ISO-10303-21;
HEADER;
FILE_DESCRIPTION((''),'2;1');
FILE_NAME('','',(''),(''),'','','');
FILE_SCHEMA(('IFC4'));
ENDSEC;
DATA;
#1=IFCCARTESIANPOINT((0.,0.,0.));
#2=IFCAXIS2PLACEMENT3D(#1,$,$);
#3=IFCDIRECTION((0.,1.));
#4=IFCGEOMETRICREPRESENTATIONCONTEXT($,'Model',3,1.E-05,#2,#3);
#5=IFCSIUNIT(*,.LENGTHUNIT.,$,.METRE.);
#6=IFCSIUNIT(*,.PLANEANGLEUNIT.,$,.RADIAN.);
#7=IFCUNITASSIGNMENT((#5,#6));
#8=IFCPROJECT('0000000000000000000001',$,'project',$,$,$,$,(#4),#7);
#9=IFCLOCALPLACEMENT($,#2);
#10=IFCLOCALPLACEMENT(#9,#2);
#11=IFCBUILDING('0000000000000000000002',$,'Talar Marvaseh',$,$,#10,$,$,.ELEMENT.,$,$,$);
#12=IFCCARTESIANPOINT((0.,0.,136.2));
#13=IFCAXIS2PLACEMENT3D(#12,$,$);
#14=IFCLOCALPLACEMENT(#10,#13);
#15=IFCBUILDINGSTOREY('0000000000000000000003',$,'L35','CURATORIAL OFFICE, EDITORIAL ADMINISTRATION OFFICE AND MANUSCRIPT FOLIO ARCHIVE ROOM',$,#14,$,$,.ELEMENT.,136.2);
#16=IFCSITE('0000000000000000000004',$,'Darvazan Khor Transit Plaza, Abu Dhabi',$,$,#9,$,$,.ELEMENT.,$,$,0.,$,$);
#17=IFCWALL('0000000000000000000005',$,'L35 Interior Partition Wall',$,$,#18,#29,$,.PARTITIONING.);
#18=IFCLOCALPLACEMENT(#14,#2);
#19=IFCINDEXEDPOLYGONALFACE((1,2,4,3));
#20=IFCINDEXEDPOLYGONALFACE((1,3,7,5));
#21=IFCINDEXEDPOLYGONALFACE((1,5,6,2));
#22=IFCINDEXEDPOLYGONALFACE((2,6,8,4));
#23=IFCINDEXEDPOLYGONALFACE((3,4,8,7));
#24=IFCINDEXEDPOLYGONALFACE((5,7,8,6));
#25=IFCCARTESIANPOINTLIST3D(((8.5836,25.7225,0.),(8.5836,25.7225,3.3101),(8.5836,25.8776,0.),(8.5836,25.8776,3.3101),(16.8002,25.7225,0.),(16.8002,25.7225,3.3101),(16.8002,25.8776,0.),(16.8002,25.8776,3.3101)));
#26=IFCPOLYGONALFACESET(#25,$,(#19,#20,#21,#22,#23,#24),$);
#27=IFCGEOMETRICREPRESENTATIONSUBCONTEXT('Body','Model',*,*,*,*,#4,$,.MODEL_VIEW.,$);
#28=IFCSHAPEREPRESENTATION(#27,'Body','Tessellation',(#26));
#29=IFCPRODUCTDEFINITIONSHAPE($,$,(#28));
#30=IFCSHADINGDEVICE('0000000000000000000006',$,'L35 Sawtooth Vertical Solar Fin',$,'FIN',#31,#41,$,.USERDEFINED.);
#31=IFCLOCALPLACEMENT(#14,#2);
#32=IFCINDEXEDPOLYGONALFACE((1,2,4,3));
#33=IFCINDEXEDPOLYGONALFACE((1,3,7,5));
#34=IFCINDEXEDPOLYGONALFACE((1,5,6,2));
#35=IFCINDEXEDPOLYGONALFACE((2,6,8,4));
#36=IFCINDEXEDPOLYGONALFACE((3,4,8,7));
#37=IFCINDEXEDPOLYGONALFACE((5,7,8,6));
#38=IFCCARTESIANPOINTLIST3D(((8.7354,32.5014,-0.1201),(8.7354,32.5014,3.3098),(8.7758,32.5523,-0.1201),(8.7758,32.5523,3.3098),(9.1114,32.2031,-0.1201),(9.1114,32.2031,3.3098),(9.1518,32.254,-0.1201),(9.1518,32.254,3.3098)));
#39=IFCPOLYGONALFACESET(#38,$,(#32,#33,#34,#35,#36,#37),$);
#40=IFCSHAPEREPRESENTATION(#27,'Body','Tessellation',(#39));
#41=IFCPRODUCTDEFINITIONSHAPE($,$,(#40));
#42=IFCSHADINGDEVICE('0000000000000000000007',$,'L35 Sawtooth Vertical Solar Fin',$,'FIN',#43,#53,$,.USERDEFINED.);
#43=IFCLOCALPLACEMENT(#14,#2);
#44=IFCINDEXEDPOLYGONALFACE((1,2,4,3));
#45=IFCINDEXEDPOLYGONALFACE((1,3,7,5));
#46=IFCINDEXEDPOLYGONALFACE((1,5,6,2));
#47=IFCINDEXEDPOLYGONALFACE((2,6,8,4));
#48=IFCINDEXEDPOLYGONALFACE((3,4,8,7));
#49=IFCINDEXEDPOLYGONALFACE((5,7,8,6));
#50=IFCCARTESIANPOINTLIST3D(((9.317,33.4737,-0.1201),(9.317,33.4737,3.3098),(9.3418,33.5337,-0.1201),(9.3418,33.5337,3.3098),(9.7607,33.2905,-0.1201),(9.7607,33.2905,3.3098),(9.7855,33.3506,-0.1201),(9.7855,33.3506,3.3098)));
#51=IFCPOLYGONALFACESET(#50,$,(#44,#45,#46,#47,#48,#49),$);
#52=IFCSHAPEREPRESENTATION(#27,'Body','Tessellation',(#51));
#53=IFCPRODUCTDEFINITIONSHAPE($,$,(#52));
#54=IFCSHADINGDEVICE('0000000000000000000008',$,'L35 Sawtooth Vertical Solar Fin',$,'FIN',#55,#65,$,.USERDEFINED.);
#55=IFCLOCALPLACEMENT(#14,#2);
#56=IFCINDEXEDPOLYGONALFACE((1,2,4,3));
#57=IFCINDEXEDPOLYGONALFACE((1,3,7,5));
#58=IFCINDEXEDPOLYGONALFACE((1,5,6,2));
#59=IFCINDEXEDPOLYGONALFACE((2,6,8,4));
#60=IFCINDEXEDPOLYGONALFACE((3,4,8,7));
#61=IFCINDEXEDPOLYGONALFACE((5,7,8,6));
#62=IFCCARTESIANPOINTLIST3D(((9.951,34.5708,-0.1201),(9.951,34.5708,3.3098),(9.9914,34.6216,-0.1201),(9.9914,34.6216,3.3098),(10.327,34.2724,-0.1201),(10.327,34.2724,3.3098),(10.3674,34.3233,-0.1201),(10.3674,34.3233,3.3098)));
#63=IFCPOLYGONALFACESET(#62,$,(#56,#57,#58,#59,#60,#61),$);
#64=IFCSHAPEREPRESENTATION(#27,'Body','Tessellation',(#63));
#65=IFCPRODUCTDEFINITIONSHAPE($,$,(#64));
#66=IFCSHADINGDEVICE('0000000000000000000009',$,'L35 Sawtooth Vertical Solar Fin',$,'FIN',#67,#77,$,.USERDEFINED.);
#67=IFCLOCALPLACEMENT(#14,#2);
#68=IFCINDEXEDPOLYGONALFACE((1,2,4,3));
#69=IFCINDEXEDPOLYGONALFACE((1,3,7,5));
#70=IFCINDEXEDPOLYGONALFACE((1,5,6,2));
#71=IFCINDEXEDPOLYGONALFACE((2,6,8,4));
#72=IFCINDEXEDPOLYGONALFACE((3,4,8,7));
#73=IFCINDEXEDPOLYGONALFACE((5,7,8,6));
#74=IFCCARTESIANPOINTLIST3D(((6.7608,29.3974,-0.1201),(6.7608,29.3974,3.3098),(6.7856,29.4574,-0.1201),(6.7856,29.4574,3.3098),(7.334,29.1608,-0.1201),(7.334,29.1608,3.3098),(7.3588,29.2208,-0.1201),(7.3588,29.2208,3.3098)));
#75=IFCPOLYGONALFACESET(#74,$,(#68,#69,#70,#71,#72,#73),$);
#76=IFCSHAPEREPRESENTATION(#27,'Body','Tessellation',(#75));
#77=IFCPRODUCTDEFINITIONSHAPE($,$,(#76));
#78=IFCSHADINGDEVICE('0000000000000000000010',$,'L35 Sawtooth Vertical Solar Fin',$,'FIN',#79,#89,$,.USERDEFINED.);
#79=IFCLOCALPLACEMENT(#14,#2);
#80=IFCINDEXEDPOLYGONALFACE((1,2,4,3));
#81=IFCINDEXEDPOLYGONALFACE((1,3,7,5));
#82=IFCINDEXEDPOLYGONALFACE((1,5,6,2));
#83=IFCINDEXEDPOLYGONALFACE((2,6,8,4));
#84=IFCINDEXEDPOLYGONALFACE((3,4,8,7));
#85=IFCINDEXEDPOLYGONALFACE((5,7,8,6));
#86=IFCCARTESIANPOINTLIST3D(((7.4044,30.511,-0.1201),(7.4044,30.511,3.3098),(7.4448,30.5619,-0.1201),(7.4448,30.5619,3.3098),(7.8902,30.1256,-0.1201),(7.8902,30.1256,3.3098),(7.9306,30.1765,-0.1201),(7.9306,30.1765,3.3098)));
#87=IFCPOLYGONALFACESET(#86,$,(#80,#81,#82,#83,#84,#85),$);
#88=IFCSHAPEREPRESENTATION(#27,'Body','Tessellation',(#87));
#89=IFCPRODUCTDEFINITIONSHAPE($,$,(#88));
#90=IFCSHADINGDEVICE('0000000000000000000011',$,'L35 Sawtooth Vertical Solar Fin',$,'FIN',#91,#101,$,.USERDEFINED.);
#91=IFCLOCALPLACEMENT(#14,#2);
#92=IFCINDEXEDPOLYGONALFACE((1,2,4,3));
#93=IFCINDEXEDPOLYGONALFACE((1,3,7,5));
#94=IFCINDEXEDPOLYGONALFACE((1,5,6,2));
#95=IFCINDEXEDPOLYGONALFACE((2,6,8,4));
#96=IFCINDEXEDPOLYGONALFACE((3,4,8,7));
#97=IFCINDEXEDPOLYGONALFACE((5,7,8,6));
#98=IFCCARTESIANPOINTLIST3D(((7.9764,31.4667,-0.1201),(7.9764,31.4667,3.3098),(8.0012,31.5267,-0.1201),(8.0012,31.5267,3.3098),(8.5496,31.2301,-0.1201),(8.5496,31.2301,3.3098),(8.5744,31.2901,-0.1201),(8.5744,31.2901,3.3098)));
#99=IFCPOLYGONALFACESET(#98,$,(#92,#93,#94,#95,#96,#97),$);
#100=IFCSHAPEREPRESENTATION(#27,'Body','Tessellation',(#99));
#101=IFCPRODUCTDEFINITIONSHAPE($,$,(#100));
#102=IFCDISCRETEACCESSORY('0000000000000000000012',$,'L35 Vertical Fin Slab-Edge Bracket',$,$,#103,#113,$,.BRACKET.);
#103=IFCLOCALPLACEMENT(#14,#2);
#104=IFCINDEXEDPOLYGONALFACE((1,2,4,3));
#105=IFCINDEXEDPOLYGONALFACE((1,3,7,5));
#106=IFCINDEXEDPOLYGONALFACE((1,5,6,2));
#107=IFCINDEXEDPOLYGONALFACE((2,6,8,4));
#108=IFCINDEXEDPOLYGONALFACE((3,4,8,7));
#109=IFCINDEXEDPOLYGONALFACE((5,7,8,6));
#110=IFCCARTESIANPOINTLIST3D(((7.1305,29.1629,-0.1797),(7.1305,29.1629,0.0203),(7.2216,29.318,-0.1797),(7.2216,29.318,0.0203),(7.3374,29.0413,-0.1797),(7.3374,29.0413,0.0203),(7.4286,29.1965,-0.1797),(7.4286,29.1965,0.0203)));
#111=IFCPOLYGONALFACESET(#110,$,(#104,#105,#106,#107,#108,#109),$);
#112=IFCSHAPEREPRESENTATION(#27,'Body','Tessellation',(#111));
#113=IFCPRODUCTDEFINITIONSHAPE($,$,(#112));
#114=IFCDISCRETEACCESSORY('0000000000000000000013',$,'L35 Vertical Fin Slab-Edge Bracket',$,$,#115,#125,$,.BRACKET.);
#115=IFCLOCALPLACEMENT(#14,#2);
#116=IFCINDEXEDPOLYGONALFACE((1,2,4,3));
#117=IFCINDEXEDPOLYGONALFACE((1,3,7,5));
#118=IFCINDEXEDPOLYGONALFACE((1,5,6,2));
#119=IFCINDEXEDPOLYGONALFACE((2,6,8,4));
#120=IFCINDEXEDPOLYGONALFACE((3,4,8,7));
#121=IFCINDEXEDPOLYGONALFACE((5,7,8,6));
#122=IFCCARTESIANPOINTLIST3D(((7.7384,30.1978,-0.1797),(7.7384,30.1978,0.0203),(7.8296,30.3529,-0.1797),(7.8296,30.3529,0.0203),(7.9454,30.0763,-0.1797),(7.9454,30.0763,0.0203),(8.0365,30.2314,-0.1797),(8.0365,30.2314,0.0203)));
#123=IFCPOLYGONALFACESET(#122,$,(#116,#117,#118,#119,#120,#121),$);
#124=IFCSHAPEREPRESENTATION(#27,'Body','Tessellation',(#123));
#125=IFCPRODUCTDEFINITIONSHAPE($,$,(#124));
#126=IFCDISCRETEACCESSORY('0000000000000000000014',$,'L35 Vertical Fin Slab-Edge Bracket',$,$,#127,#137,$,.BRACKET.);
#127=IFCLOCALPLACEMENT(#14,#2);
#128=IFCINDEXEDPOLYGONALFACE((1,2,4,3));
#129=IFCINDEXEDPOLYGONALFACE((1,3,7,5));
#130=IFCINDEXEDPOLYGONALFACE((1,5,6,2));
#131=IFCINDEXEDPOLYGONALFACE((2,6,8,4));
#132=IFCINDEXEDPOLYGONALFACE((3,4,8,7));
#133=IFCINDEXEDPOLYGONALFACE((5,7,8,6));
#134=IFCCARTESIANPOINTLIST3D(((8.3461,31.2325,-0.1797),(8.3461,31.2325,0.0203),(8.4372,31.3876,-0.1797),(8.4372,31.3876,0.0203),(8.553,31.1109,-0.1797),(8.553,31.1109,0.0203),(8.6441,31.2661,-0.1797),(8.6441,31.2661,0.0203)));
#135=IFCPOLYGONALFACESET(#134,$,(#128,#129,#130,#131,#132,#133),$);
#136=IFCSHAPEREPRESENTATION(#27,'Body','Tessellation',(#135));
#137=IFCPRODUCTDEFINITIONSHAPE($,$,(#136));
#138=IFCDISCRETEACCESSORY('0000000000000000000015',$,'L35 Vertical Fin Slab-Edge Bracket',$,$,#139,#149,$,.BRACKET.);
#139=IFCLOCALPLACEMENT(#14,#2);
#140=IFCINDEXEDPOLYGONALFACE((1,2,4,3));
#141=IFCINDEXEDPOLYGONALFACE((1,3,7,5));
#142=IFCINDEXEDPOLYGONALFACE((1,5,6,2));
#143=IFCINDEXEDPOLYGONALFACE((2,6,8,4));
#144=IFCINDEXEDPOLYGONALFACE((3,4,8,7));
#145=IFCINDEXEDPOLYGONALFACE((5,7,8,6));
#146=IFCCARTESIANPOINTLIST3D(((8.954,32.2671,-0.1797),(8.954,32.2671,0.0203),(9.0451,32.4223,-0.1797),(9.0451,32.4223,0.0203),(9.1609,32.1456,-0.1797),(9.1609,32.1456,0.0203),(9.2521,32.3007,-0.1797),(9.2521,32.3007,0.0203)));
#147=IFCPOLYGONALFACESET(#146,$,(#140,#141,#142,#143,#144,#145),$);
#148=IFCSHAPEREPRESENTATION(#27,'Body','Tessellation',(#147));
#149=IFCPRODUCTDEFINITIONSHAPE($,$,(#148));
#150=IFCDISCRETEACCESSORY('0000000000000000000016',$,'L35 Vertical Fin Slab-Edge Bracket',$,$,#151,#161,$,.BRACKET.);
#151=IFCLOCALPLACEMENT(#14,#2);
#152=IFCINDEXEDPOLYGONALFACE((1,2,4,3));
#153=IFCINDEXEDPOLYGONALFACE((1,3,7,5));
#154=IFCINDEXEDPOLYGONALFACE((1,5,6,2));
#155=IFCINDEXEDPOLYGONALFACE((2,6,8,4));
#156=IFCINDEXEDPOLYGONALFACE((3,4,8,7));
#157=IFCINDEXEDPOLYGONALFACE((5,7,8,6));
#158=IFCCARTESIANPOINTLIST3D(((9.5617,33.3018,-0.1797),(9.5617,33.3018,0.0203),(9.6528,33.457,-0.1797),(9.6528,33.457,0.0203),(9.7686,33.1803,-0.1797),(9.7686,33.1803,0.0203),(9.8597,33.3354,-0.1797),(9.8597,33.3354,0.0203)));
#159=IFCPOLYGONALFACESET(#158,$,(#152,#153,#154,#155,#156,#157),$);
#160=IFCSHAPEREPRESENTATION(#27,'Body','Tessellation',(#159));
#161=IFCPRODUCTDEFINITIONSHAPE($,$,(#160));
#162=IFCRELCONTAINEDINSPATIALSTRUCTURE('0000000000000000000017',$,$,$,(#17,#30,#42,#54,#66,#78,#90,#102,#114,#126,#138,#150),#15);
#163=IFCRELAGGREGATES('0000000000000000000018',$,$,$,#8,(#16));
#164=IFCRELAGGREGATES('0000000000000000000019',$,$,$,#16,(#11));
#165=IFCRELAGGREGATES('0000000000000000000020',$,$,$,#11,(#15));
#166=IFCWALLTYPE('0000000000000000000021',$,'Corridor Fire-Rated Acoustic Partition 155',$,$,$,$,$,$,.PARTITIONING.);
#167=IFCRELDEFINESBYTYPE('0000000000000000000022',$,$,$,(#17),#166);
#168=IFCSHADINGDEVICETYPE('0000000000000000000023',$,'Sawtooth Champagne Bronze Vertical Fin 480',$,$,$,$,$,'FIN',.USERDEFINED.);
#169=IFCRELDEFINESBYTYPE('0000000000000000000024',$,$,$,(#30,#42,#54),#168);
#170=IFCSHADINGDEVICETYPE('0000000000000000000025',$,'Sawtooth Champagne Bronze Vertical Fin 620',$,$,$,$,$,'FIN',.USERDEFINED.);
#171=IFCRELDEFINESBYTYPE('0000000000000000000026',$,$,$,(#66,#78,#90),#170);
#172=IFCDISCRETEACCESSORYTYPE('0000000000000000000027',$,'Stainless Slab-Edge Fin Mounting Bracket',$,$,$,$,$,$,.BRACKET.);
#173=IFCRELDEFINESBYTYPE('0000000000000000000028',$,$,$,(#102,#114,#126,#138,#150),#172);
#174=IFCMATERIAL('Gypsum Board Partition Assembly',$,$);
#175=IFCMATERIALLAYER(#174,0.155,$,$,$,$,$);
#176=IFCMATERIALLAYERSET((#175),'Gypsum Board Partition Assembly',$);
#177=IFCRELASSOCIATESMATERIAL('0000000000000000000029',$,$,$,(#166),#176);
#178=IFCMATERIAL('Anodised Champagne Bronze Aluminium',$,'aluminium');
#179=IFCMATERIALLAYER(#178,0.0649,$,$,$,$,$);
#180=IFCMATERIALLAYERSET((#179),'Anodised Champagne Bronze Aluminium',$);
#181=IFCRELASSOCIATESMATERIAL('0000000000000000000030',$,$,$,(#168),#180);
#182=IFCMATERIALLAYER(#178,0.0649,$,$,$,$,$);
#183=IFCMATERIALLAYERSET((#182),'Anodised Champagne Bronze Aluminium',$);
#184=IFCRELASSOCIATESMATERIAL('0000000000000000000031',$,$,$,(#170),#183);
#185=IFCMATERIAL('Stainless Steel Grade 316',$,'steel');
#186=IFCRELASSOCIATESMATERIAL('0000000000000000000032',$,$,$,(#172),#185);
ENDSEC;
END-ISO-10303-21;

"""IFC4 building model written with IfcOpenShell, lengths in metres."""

from ifc_helpers import new_model, si_unit, direction, frame, frame_2d, origin, origin_2d, place, context, subcontext, project, spatial, rectangle, extrude, source, transform, mapped, material, layer, layer_set, type_object, type_shapes, element, save


model = new_model("IFC4")

# Units and contexts
model_context = context("Model", 3, precision=1e-05, world=origin(), true_north=direction((0.0, 1.0)))
body_context = subcontext(model_context, "Body", "Model", "MODEL_VIEW")
ifc_project = project(units=[si_unit("LENGTHUNIT", "METRE"), si_unit("PLANEANGLEUNIT", "RADIAN")], contexts=[model_context])

# Site, building, storey
site_placement = place(None, origin())
site = spatial("IfcSite", under=ifc_project, at=site_placement, Name="Darvazan Khor Transit Plaza, Abu Dhabi", CompositionType="ELEMENT", RefElevation=0.0)
building_placement = place(site_placement, origin())
building = spatial("IfcBuilding", under=site, at=building_placement, Name="Talar Marvaseh", CompositionType="ELEMENT")
storey_placement = place(building_placement, frame((0.0, 0.0, 136.2)))
storey = spatial("IfcBuildingStorey", under=building, at=storey_placement, Name="L35", Description="CURATORIAL OFFICE, EDITORIAL ADMINISTRATION OFFICE AND MANUSCRIPT FOLIO ARCHIVE ROOM", CompositionType="ELEMENT", Elevation=136.2)

# Wall
ifc_material_1 = material(Name="Gypsum Board Partition Assembly")
ifc_layer_1 = layer(ifc_material_1, 0.155)
ifc_layer_set_1 = layer_set([ifc_layer_1], Name="Gypsum Board Partition Assembly")
wall_type = type_object("IfcWallType", Name="Corridor Fire-Rated Acoustic Partition 155", PredefinedType="PARTITIONING", material=ifc_layer_set_1)
wall_placement = place(storey_placement, frame((8.5835, 25.8, 0.0), z_axis=(0.0, 0.0, 1.0), x_axis=(1.0, 0.0, 0.0)))
element("IfcWall", 1, at=wall_placement, inside=storey, type_object=wall_type, Name="L35 Interior Partition Wall", PredefinedType="PARTITIONING", context=body_context, shape_type="SweptSolid", body=[
    extrude(rectangle(XDim=8.2166, YDim=0.155, at=frame_2d((4.1084, 0.0))), origin(), (0.0, 0.0, 1.0), 3.3101),
])

# Shading devices
ifc_material_2 = material(Name="Anodised Champagne Bronze Aluminium", Category="aluminium")
ifc_layer_2 = layer(ifc_material_2, 0.0649)
ifc_layer_set_2 = layer_set([ifc_layer_2], Name="Anodised Champagne Bronze Aluminium")
shading_device_type_1 = type_object("IfcShadingDeviceType", Name="Sawtooth Champagne Bronze Vertical Fin 480", ElementType="FIN", PredefinedType="USERDEFINED", material=ifc_layer_set_2)
shared_shape_1 = source(origin(), body_context, "Body", "SweptSolid", [
    extrude(rectangle(XDim=0.48, YDim=0.0649, at=origin_2d()), origin(), (0.0, 0.0, 1.0), 3.4299),
])
type_shapes(shading_device_type_1, [shared_shape_1])
for number, where, z_axis, x_axis, name in (
    (2, (8.9436, 32.3777, -0.1201), (0.0, 0.0, 1.0), (-0.783368, 0.621558, 0.0), "L35 Sawtooth Vertical Solar Fin"),
    (3, (9.5513, 33.4121, -0.1201), (0.0, 0.0, 1.0), (-0.924346, 0.381554, 0.0), "L35 Sawtooth Vertical Solar Fin"),
    (4, (10.1592, 34.447, -0.1201), (0.0, 0.0, 1.0), (-0.783368, 0.621558, 0.0), "L35 Sawtooth Vertical Solar Fin"),
):
    element("IfcShadingDevice", number, at=place(storey_placement, frame(where, z_axis=z_axis, x_axis=x_axis)), inside=storey, type_object=shading_device_type_1, Name=name, ObjectType="FIN", PredefinedType="USERDEFINED", context=body_context, shape_type="MappedRepresentation", body=[
        mapped(shared_shape_1, transform((0.0, 0.0, 0.0), x_axis=(1.0, 0.0, 0.0), y_axis=(0.0, 1.0, 0.0), z_axis=(0.0, 0.0, 1.0), scale=1.0)),
    ])
ifc_layer_3 = layer(ifc_material_2, 0.0649)
ifc_layer_set_3 = layer_set([ifc_layer_3], Name="Anodised Champagne Bronze Aluminium")
shading_device_type_2 = type_object("IfcShadingDeviceType", Name="Sawtooth Champagne Bronze Vertical Fin 620", ElementType="FIN", PredefinedType="USERDEFINED", material=ifc_layer_set_3)
shared_shape_2 = source(origin(), body_context, "Body", "SweptSolid", [
    extrude(rectangle(XDim=0.6201, YDim=0.0649, at=origin_2d()), origin(), (0.0, 0.0, 1.0), 3.4299),
])
type_shapes(shading_device_type_2, [shared_shape_2])
for number, where, z_axis, x_axis, name in (
    (5, (7.0598, 29.3091, -0.1201), (0.0, 0.0, 1.0), (-0.924346, 0.381554, 0.0), "L35 Sawtooth Vertical Solar Fin"),
    (6, (7.6675, 30.3438, -0.1201), (0.0, 0.0, 1.0), (-0.783368, 0.621558, 0.0), "L35 Sawtooth Vertical Solar Fin"),
    (7, (8.2754, 31.3784, -0.1201), (0.0, 0.0, 1.0), (-0.924346, 0.381554, 0.0), "L35 Sawtooth Vertical Solar Fin"),
):
    element("IfcShadingDevice", number, at=place(storey_placement, frame(where, z_axis=z_axis, x_axis=x_axis)), inside=storey, type_object=shading_device_type_2, Name=name, ObjectType="FIN", PredefinedType="USERDEFINED", context=body_context, shape_type="MappedRepresentation", body=[
        mapped(shared_shape_2, transform((0.0, 0.0, 0.0), x_axis=(1.0, 0.0, 0.0), y_axis=(0.0, 1.0, 0.0), z_axis=(0.0, 0.0, 1.0), scale=1.0)),
    ])

# Discrete accessories
ifc_material_3 = material(Name="Stainless Steel Grade 316", Category="steel")
discrete_accessory_type = type_object("IfcDiscreteAccessoryType", Name="Stainless Slab-Edge Fin Mounting Bracket", PredefinedType="BRACKET", material=ifc_material_3)
shared_shape_3 = source(origin(), body_context, "Body", "SweptSolid", [
    extrude(rectangle(XDim=0.24, YDim=0.1799, at=origin_2d()), origin(), (0.0, 0.0, 1.0), 0.2),
])
type_shapes(discrete_accessory_type, [shared_shape_3])
for number, where, z_axis, x_axis, name in (
    (8, (7.2795, 29.1797, -0.1797), (0.0, 0.0, 1.0), (-0.862249, 0.506485, 0.0), "L35 Vertical Fin Slab-Edge Bracket"),
    (9, (7.8875, 30.2146, -0.1797), (0.0, 0.0, 1.0), (-0.862249, 0.506485, 0.0), "L35 Vertical Fin Slab-Edge Bracket"),
    (10, (8.4951, 31.2493, -0.1797), (0.0, 0.0, 1.0), (-0.862249, 0.506485, 0.0), "L35 Vertical Fin Slab-Edge Bracket"),
    (11, (9.103, 32.2839, -0.1797), (0.0, 0.0, 1.0), (-0.862249, 0.506485, 0.0), "L35 Vertical Fin Slab-Edge Bracket"),
    (12, (9.7107, 33.3186, -0.1797), (0.0, 0.0, 1.0), (-0.862249, 0.506485, 0.0), "L35 Vertical Fin Slab-Edge Bracket"),
):
    element("IfcDiscreteAccessory", number, at=place(storey_placement, frame(where, z_axis=z_axis, x_axis=x_axis)), inside=storey, type_object=discrete_accessory_type, Name=name, PredefinedType="BRACKET", context=body_context, shape_type="MappedRepresentation", body=[
        mapped(shared_shape_3, transform((0.0, 0.0, 0.0), x_axis=(1.0, 0.0, 0.0), y_axis=(0.0, 1.0, 0.0), z_axis=(0.0, 0.0, 1.0), scale=1.0)),
    ])

save(model, "model.ifc")
